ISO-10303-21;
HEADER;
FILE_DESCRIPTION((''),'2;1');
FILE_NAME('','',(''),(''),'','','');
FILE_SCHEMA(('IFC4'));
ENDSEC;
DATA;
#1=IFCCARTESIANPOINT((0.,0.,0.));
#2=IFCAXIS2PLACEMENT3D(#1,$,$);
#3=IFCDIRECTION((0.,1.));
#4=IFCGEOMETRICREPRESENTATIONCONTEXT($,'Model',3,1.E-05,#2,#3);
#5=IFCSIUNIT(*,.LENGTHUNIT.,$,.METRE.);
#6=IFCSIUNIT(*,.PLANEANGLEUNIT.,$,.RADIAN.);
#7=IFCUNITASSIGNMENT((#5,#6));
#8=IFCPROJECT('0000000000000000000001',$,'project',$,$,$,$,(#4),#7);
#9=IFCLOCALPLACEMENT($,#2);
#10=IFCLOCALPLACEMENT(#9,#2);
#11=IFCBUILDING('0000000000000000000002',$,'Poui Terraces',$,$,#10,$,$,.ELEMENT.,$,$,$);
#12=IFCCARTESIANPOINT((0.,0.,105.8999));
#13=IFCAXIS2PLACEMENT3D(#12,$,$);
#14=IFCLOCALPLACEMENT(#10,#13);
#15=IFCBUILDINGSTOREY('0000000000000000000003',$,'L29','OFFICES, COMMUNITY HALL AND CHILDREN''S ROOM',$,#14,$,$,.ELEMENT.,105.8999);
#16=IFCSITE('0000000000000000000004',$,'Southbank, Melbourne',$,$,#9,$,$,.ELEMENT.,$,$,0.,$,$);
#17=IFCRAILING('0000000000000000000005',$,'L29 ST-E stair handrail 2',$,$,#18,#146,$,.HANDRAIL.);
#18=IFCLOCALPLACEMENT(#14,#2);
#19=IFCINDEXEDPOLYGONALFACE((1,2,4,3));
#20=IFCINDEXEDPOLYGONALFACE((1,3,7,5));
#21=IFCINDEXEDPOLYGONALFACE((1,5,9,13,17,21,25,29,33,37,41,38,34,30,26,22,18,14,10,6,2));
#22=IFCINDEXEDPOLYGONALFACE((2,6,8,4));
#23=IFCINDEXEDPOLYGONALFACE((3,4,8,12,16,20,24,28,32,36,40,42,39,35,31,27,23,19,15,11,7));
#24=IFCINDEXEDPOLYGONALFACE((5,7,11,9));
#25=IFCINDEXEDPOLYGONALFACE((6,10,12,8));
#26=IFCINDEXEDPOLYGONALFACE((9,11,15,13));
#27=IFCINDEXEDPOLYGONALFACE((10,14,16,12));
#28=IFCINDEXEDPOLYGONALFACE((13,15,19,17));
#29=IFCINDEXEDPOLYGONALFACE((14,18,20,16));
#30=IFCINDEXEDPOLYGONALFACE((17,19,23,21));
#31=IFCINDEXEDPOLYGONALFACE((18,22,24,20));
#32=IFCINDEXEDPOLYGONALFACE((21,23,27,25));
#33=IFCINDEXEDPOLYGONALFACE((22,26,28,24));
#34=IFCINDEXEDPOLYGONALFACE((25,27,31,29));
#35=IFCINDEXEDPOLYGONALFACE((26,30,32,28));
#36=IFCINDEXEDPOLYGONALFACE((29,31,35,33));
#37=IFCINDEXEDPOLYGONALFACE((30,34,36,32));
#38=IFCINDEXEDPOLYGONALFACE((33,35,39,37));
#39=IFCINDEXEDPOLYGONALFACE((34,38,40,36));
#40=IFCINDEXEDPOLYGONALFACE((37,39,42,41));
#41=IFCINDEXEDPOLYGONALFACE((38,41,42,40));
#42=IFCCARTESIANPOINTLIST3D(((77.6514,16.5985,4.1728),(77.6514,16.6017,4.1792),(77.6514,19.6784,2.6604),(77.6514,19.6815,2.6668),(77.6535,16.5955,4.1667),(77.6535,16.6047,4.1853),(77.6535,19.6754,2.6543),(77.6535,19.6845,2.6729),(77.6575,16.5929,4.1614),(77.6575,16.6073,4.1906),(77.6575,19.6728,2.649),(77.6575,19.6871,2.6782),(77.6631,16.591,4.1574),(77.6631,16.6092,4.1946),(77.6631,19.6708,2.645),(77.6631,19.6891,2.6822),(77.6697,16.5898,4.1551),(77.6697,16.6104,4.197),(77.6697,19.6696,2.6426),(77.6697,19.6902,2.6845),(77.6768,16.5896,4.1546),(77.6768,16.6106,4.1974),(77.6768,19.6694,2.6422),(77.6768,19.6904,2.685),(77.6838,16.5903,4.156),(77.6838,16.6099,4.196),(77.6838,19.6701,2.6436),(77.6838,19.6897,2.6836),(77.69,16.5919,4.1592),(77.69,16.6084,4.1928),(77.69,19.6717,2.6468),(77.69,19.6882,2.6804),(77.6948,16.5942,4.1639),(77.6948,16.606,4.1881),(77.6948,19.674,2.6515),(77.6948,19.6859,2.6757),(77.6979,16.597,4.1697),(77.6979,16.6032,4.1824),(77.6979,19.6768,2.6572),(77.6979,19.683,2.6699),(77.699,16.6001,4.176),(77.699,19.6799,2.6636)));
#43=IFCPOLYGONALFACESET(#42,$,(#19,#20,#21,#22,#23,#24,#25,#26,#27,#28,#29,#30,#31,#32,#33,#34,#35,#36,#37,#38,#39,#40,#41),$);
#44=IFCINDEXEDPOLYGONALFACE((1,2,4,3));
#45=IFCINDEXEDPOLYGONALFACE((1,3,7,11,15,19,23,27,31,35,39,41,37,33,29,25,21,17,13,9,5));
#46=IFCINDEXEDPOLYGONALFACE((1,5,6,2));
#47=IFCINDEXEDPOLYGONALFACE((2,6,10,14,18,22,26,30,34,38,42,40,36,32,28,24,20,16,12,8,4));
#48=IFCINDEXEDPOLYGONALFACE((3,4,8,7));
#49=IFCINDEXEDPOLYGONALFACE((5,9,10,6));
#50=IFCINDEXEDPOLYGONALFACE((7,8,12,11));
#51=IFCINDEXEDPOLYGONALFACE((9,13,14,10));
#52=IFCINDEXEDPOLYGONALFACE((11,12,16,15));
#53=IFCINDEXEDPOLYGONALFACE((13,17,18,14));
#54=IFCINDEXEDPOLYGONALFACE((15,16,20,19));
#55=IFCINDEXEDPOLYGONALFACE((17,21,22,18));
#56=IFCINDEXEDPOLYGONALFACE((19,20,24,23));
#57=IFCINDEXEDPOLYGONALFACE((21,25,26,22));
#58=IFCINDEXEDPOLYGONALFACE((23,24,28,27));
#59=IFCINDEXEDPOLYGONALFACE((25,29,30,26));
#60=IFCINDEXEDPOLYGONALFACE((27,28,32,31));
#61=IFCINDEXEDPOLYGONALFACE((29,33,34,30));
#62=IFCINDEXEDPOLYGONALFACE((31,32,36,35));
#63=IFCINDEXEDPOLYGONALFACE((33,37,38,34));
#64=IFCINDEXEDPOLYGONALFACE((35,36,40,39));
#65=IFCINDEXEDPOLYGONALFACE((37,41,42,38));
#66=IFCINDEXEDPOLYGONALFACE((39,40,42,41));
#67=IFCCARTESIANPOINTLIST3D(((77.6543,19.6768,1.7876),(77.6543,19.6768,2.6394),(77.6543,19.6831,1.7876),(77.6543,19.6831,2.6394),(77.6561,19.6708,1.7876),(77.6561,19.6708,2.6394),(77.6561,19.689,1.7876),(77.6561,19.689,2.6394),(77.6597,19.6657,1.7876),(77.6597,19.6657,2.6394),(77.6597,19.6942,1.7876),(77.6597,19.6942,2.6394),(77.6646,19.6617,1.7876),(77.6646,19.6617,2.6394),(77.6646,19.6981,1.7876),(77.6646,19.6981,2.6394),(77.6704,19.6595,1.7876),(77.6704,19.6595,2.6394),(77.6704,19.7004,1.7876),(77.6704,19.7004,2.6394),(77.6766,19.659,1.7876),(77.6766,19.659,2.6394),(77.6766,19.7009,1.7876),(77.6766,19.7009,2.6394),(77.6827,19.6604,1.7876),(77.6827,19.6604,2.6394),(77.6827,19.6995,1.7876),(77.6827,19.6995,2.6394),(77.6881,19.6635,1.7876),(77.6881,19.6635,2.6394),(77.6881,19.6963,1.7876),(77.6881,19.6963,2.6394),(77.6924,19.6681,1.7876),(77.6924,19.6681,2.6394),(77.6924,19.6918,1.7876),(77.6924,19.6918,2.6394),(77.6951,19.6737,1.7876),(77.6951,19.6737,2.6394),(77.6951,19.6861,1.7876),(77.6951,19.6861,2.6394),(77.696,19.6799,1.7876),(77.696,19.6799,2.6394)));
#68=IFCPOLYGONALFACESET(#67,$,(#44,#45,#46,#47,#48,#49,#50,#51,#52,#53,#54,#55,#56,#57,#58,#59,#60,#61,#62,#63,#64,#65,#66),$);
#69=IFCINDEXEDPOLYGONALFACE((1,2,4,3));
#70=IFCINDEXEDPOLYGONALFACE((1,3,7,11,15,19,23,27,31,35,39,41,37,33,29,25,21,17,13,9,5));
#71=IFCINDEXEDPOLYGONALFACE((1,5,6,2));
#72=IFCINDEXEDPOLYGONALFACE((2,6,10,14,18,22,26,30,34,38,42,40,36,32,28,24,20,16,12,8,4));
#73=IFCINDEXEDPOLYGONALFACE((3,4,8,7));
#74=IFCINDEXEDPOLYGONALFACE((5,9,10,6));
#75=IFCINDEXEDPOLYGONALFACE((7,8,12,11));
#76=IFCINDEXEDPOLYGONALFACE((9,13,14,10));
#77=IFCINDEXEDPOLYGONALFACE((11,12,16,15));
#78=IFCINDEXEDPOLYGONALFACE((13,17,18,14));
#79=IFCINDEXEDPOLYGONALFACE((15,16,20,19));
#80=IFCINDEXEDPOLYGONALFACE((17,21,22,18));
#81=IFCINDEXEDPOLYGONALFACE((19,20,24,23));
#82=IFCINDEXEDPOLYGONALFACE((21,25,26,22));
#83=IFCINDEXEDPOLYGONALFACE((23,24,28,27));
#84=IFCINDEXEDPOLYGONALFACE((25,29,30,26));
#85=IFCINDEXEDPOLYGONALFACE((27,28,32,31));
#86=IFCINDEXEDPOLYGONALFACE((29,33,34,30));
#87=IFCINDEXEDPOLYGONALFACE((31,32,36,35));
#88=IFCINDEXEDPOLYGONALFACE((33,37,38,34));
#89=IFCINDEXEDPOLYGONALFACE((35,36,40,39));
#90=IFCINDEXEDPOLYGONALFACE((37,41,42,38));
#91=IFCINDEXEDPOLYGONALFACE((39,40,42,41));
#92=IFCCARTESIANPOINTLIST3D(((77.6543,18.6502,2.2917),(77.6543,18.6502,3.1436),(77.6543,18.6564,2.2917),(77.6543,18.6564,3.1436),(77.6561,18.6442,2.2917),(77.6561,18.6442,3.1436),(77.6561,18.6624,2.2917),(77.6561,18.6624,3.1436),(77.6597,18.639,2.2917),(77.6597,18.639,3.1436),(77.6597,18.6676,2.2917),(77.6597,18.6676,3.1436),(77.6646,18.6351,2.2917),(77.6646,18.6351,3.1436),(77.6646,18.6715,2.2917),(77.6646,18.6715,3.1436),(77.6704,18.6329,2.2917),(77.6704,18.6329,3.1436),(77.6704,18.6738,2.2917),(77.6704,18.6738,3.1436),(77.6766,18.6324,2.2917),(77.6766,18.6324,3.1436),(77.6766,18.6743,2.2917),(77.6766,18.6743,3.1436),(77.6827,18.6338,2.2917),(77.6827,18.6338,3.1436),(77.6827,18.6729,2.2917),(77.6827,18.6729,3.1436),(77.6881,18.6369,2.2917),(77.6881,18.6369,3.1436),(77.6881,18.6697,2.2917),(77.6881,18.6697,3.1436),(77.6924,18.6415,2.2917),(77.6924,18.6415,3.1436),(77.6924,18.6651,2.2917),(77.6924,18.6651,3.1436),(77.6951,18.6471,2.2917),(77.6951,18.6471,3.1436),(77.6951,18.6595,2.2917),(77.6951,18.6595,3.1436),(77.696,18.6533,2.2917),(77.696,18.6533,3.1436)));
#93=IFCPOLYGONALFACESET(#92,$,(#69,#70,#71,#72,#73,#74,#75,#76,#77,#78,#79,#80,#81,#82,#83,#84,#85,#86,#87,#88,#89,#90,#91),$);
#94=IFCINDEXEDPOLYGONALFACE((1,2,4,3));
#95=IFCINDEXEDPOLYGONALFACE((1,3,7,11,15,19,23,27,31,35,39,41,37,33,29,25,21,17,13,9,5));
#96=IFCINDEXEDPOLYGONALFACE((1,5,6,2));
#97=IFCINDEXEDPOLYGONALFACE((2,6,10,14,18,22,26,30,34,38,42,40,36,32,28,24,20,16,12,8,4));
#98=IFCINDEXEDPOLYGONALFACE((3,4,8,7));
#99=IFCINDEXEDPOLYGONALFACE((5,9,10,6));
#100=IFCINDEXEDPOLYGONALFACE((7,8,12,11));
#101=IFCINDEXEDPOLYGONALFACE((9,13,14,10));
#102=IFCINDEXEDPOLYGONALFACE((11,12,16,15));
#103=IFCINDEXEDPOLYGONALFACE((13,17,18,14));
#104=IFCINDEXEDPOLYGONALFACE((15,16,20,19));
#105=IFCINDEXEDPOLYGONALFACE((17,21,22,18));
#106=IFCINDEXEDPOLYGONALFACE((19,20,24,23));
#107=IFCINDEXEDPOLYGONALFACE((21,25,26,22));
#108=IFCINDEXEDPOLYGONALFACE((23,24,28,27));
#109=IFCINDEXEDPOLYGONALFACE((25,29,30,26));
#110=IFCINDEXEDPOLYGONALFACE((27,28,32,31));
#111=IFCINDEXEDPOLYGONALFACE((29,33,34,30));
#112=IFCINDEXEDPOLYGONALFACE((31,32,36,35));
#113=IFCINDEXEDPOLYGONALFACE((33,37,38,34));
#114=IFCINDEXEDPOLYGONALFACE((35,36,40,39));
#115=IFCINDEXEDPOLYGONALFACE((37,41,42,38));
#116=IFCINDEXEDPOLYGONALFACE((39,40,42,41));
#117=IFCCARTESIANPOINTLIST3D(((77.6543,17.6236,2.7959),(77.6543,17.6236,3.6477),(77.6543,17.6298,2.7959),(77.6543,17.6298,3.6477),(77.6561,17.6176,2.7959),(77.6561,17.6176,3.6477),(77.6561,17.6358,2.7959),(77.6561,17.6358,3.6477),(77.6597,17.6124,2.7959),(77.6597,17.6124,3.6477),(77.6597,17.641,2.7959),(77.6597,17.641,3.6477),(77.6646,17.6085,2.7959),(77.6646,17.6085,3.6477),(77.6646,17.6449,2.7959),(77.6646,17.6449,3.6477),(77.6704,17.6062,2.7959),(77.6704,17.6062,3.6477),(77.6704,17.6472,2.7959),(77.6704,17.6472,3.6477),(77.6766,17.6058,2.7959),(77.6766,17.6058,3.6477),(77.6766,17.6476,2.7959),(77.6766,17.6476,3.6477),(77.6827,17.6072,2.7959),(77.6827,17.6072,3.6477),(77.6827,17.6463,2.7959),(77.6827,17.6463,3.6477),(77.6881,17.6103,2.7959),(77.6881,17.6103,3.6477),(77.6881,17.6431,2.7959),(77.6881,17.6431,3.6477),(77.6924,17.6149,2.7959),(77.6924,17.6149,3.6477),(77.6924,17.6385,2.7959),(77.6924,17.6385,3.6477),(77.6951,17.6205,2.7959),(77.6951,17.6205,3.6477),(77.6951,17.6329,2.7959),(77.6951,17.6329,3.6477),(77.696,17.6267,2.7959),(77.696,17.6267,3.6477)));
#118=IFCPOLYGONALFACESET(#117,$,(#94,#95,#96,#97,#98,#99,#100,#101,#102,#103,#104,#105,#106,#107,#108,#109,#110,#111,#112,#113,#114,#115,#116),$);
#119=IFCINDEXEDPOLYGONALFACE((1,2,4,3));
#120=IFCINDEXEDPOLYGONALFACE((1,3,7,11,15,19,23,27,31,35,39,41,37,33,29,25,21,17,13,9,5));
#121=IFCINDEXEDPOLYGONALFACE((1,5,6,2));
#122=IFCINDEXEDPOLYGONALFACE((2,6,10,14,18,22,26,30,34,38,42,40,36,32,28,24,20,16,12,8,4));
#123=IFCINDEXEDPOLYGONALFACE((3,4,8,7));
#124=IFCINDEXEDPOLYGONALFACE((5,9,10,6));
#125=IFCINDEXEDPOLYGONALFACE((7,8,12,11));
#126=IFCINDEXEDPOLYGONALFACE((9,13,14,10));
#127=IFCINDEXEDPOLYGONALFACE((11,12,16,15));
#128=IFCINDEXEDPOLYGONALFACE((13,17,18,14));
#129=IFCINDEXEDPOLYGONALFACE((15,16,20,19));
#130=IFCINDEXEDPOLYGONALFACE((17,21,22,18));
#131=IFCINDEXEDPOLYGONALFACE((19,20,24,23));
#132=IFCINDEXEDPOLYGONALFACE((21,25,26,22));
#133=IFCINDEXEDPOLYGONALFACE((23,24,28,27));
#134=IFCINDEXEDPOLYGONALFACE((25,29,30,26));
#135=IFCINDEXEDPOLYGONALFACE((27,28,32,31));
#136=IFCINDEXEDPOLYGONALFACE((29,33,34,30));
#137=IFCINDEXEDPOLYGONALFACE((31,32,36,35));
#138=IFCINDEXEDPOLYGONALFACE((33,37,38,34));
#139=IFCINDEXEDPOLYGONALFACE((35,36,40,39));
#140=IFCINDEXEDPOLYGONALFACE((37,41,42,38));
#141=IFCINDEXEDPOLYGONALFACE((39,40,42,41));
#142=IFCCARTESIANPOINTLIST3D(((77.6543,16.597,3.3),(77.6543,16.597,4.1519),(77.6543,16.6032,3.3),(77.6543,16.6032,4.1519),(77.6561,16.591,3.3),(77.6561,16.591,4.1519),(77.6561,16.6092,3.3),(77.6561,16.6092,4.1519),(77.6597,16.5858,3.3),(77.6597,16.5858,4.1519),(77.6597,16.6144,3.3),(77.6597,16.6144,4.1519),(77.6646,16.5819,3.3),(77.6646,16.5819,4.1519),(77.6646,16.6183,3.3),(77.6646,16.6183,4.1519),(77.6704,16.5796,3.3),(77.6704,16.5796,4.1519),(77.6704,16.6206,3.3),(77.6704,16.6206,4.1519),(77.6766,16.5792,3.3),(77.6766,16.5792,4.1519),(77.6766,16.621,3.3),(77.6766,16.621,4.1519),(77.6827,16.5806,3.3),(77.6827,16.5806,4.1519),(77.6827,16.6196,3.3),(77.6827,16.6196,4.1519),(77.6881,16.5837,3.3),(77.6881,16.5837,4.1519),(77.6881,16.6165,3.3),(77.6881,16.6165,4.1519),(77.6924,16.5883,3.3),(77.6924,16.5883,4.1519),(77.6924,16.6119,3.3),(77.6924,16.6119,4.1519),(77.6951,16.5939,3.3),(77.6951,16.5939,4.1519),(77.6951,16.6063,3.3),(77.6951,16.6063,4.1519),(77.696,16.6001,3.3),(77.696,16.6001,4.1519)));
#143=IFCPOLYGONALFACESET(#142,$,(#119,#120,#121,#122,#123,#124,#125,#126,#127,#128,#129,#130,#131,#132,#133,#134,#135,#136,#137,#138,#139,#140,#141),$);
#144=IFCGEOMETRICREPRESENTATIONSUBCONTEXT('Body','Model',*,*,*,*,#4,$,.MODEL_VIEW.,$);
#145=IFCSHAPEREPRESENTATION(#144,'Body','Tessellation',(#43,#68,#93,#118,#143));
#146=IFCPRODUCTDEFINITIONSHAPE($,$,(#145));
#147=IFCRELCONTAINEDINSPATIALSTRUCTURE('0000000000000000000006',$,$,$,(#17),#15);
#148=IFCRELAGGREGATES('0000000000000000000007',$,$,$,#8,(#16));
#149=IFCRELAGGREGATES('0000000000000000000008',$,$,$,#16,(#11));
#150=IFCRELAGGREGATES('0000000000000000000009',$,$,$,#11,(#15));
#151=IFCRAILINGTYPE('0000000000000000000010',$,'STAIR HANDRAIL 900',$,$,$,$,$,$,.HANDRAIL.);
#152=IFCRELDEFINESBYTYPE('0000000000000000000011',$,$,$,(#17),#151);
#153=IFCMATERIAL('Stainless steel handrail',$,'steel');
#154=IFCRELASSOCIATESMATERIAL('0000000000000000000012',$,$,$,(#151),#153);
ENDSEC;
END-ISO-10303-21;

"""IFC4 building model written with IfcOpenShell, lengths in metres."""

from ifc_helpers import new_model, si_unit, direction, frame, origin, origin_2d, place, context, subcontext, project, spatial, circle, extrude, material, type_object, element, save


model = new_model("IFC4")

# Units and contexts
model_context = context("Model", 3, precision=1e-05, world=origin(), true_north=direction((0.0, 1.0)))
body_context = subcontext(model_context, "Body", "Model", "MODEL_VIEW")
ifc_project = project(units=[si_unit("LENGTHUNIT", "METRE"), si_unit("PLANEANGLEUNIT", "RADIAN")], contexts=[model_context])

# Site, building, storey
site_placement = place(None, origin())
site = spatial("IfcSite", under=ifc_project, at=site_placement, Name="Southbank, Melbourne", CompositionType="ELEMENT", RefElevation=0.0)
building_placement = place(site_placement, origin())
building = spatial("IfcBuilding", under=site, at=building_placement, Name="Poui Terraces", CompositionType="ELEMENT")
storey_placement = place(building_placement, frame((0.0, 0.0, 105.8999)))
storey = spatial("IfcBuildingStorey", under=building, at=storey_placement, Name="L29", Description="OFFICES, COMMUNITY HALL AND CHILDREN'S ROOM", CompositionType="ELEMENT", Elevation=105.8999)

# Railing
ifc_material_1 = material(Name="Stainless steel handrail", Category="steel")
railing_type_1 = type_object("IfcRailingType", Name="STAIR HANDRAIL 900", PredefinedType="HANDRAIL", material=ifc_material_1)
railing_1_placement = place(storey_placement, frame((77.675, 19.6799, 1.7876)))
element("IfcRailing", 1, at=railing_1_placement, inside=storey, type_object=railing_type_1, Name="L29 ST-E stair handrail 2", PredefinedType="HANDRAIL", context=body_context, shape_type="SweptSolid", body=[
    extrude(circle(Radius=0.0239, at=origin_2d()), frame((0.0, 0.0, 0.876), z_axis=(0.0, -0.897606, 0.440798), x_axis=(1.0, 0.0, 0.0)), (0.0, 0.0, 1.0), 3.4312),
    extrude(circle(Radius=0.021, at=origin_2d()), origin(), (0.0, 0.0, 1.0), 0.8518),
    extrude(circle(Radius=0.021, at=origin_2d()), frame((0.0, -1.0266, 0.5042)), (0.0, 0.0, 1.0), 0.8518),
    extrude(circle(Radius=0.021, at=origin_2d()), frame((0.0, -2.0532, 1.0083)), (0.0, 0.0, 1.0), 0.8518),
    extrude(circle(Radius=0.021, at=origin_2d()), frame((0.0, -3.0798, 1.5125)), (0.0, 0.0, 1.0), 0.8518),
])

save(model, "model.ifc")
